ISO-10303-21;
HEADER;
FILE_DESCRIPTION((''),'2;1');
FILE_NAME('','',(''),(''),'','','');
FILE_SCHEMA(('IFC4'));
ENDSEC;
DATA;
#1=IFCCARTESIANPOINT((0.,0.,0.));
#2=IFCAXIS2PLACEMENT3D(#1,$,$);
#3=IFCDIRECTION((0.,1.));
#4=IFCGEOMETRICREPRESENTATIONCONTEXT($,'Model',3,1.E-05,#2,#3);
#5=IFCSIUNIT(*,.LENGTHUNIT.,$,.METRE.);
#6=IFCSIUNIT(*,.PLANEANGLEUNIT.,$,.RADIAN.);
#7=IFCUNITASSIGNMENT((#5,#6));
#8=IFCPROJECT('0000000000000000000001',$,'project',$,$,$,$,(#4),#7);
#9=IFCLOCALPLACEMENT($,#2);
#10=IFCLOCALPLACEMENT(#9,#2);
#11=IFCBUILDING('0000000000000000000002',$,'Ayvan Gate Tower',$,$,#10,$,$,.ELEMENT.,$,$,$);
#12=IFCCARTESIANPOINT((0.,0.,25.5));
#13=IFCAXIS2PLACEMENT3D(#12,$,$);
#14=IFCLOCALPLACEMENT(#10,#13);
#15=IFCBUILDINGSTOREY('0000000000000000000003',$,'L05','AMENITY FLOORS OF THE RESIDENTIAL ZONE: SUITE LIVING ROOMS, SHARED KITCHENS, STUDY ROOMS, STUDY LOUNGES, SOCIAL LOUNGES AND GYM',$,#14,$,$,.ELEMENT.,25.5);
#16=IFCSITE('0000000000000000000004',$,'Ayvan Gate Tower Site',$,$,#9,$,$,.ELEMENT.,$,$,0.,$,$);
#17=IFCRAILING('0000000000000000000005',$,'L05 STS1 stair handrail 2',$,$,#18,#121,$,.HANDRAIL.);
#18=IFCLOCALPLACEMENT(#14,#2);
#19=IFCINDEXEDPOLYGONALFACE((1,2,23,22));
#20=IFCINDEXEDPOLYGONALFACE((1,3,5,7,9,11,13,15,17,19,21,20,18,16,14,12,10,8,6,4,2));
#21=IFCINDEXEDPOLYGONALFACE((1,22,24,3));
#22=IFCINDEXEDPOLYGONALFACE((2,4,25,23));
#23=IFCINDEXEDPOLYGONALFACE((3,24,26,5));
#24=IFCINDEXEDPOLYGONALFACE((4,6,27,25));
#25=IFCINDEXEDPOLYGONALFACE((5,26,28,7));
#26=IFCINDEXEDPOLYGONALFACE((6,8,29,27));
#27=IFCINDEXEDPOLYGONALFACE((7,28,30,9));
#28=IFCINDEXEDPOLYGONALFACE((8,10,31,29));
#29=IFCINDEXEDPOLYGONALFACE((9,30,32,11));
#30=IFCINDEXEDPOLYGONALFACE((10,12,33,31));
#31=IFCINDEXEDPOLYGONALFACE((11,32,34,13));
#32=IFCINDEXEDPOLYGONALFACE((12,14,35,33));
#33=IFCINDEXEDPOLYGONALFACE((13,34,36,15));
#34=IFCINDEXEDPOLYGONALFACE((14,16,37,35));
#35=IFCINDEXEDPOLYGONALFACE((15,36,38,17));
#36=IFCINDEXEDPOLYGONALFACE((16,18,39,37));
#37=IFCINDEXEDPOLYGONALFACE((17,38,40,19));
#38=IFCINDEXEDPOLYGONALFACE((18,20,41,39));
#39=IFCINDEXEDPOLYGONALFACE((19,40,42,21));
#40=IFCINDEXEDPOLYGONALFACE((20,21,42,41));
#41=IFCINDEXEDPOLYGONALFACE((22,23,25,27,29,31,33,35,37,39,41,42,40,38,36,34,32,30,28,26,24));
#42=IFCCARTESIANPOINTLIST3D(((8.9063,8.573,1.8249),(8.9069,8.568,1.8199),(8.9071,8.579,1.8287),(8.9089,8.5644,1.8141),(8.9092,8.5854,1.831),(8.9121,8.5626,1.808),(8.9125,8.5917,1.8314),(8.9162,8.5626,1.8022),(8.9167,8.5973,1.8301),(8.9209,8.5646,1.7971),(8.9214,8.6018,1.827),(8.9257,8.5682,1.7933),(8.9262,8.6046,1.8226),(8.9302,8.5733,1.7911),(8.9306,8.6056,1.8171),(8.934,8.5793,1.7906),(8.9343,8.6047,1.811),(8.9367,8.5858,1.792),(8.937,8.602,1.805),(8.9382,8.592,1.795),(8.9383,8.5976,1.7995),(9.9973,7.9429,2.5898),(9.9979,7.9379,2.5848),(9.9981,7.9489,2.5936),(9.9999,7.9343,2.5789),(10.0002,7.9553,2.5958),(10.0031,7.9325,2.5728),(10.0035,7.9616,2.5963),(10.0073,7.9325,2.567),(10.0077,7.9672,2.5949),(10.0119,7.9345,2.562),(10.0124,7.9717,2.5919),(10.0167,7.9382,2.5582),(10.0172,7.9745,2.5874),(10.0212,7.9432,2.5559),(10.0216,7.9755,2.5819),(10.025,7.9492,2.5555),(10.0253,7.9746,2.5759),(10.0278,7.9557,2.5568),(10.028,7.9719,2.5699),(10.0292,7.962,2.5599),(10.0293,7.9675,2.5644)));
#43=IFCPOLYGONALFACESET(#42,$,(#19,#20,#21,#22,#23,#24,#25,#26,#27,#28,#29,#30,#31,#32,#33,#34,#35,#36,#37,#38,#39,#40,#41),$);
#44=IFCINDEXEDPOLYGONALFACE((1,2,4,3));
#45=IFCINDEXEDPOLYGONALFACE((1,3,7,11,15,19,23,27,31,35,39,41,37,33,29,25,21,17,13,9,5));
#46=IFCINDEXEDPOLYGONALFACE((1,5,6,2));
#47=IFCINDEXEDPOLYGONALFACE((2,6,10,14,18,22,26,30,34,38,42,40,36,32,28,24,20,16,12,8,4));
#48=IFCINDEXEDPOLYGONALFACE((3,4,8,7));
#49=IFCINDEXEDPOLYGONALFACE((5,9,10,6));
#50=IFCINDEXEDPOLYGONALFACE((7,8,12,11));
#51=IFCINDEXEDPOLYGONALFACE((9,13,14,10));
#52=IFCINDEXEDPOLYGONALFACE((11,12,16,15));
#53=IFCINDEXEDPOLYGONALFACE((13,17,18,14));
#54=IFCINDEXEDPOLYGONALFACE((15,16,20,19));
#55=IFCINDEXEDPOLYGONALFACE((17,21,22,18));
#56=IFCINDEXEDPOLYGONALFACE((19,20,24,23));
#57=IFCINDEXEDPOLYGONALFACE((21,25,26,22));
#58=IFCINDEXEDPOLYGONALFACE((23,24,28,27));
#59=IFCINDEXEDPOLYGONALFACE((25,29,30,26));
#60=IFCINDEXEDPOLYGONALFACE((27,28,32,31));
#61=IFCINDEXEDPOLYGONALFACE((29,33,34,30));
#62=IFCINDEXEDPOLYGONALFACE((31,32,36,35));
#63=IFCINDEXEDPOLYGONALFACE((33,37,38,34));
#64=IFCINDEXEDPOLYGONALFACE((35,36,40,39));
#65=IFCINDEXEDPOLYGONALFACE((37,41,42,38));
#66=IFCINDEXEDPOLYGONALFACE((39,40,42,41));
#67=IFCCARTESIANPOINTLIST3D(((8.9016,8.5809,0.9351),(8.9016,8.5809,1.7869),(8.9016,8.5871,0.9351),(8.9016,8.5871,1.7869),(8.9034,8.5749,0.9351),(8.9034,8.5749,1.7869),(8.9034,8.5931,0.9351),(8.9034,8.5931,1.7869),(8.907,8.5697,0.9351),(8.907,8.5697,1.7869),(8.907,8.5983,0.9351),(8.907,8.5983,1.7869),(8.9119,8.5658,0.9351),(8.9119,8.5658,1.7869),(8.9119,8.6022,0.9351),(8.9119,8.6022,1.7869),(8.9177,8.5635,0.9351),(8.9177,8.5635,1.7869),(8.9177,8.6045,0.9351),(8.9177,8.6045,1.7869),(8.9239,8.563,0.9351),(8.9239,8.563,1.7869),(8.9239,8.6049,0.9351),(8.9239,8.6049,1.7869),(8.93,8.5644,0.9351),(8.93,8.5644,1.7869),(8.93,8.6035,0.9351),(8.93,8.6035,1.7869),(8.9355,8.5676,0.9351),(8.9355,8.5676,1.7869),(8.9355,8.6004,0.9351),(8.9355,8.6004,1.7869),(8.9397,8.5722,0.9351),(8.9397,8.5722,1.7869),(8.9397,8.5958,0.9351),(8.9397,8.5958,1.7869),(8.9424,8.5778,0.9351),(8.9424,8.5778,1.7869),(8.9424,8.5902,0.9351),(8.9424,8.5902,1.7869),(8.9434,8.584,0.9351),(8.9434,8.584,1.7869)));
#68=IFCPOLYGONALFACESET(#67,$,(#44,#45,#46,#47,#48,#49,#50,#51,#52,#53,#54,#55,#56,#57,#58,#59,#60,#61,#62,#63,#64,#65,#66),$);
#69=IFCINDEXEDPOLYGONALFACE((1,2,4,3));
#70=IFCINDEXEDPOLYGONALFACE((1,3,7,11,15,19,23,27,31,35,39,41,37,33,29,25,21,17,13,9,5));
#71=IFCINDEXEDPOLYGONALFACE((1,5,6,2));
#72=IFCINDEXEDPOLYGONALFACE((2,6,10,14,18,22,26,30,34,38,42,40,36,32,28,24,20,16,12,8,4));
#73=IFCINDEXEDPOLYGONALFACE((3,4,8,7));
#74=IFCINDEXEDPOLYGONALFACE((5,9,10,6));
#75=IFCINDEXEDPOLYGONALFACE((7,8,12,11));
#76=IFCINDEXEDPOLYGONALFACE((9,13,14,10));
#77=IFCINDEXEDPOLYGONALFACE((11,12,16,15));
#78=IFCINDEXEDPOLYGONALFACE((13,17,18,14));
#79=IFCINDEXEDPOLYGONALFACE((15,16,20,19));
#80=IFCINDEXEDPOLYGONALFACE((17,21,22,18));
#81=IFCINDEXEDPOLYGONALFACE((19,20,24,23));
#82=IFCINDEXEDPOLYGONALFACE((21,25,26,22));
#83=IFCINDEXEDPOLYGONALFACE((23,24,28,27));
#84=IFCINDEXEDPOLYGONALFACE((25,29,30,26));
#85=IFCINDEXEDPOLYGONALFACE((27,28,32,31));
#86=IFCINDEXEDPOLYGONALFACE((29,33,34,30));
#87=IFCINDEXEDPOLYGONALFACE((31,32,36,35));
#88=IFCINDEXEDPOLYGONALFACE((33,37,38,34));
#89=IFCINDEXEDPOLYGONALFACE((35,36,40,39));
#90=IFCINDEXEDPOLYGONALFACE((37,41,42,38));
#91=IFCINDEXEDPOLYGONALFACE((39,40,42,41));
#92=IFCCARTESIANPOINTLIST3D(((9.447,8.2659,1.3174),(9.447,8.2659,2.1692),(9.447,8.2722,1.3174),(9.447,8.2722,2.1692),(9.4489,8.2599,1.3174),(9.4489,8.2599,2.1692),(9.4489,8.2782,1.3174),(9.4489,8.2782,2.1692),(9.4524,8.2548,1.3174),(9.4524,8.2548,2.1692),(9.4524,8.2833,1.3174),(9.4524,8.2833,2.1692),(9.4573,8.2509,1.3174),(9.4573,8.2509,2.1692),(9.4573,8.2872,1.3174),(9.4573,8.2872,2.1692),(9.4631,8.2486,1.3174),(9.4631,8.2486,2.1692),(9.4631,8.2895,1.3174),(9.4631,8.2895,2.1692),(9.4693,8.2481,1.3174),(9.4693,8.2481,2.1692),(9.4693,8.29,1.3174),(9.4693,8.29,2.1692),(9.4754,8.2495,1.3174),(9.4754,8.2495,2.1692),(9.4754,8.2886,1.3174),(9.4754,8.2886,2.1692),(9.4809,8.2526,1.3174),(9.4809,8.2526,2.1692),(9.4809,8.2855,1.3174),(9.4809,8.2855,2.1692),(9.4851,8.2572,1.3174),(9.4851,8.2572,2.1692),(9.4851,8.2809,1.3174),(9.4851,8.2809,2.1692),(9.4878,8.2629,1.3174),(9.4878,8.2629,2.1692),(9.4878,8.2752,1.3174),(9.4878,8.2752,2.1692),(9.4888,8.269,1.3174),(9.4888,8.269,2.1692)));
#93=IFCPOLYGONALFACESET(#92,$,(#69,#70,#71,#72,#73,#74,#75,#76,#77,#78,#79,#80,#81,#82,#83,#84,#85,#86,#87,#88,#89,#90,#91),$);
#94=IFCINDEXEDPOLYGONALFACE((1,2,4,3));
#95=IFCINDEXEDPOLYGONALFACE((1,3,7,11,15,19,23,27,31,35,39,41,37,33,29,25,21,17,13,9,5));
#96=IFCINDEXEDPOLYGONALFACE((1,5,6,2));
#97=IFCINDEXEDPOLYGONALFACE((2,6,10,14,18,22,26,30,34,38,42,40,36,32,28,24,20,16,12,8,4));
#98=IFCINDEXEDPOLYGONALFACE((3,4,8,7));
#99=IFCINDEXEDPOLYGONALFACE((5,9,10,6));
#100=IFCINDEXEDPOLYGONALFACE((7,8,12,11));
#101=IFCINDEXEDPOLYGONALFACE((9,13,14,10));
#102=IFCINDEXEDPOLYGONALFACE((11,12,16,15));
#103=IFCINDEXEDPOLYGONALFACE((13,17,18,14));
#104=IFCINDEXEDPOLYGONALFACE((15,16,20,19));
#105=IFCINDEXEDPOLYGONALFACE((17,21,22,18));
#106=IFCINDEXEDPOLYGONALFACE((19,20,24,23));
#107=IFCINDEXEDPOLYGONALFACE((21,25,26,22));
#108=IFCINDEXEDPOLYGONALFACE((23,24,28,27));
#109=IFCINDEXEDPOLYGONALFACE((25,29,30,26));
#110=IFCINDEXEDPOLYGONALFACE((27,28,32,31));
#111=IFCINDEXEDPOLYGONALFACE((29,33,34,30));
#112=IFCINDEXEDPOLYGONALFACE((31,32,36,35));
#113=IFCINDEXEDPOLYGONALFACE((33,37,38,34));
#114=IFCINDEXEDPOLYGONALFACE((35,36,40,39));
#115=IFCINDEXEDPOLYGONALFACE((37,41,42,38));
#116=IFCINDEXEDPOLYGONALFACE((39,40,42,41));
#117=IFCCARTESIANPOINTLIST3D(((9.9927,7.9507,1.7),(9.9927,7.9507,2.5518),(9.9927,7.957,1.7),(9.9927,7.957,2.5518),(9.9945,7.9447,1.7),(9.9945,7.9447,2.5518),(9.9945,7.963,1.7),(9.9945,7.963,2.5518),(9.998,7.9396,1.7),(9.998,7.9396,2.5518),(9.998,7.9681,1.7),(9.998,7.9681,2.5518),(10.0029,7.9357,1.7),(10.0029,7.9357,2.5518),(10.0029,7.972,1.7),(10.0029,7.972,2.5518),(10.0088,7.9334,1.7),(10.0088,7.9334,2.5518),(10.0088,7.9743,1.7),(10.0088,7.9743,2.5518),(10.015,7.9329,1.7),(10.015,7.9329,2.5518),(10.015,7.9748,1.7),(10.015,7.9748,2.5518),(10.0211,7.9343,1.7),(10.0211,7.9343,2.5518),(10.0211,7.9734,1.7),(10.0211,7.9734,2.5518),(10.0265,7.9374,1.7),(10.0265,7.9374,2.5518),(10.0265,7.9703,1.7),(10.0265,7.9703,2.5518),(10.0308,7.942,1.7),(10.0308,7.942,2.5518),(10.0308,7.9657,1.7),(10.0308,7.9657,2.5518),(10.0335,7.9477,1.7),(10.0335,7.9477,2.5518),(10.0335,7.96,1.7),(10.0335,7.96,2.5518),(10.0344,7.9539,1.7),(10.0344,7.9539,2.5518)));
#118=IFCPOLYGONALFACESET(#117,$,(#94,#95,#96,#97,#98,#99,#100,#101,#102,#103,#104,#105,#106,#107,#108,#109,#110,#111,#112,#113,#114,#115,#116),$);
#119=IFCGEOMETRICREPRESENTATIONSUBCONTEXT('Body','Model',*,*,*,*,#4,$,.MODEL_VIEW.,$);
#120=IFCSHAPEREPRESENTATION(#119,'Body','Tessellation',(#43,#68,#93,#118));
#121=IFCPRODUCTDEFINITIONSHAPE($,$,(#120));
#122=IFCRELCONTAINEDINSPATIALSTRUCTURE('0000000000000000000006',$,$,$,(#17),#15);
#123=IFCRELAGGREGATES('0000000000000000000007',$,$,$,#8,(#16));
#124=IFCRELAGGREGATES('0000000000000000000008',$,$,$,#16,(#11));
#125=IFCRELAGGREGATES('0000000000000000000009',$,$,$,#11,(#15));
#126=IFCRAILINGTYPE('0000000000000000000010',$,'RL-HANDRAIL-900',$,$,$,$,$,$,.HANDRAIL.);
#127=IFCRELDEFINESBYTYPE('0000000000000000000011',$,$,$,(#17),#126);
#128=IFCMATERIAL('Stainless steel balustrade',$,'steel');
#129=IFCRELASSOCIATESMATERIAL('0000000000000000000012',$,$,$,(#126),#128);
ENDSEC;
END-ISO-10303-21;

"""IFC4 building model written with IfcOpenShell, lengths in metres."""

from ifc_helpers import new_model, si_unit, direction, frame, origin, origin_2d, place, context, subcontext, project, spatial, circle, extrude, material, type_object, element, save


model = new_model("IFC4")

# Units and contexts
model_context = context("Model", 3, precision=1e-05, world=origin(), true_north=direction((0.0, 1.0)))
body_context = subcontext(model_context, "Body", "Model", "MODEL_VIEW")
ifc_project = project(units=[si_unit("LENGTHUNIT", "METRE"), si_unit("PLANEANGLEUNIT", "RADIAN")], contexts=[model_context])

# Site, building, storey
site_placement = place(None, origin())
site = spatial("IfcSite", under=ifc_project, at=site_placement, Name="Ayvan Gate Tower Site", CompositionType="ELEMENT", RefElevation=0.0)
building_placement = place(site_placement, origin())
building = spatial("IfcBuilding", under=site, at=building_placement, Name="Ayvan Gate Tower", CompositionType="ELEMENT")
storey_placement = place(building_placement, frame((0.0, 0.0, 25.5)))
storey = spatial("IfcBuildingStorey", under=building, at=storey_placement, Name="L05", Description="AMENITY FLOORS OF THE RESIDENTIAL ZONE: SUITE LIVING ROOMS, SHARED KITCHENS, STUDY ROOMS, STUDY LOUNGES, SOCIAL LOUNGES AND GYM", CompositionType="ELEMENT", Elevation=25.5)

# Railing
ifc_material_1 = material(Name="Stainless steel balustrade", Category="steel")
railing_type_1 = type_object("IfcRailingType", Name="RL-HANDRAIL-900", PredefinedType="HANDRAIL", material=ifc_material_1)
railing_1_placement = place(storey_placement, frame((8.9224, 8.584, 0.9351)))
element("IfcRailing", 1, at=railing_1_placement, inside=storey, type_object=railing_type_1, Name="L05 STS1 stair handrail 2", PredefinedType="HANDRAIL", context=body_context, shape_type="SweptSolid", body=[
    extrude(circle(Radius=0.0239, at=origin_2d()), frame((0.0, 0.0, 0.876), z_axis=(0.740229, -0.427508, 0.518939), x_axis=(0.500119, 0.865956, 0.0)), (0.0, 0.0, 1.0), 1.4739),
    extrude(circle(Radius=0.021, at=origin_2d()), origin(), (0.0, 0.0, 1.0), 0.8518),
    extrude(circle(Radius=0.021, at=origin_2d()), frame((0.5454, -0.3149, 0.3823)), (0.0, 0.0, 1.0), 0.8518),
    extrude(circle(Radius=0.021, at=origin_2d()), frame((1.0911, -0.6301, 0.7649)), (0.0, 0.0, 1.0), 0.8518),
])

save(model, "model.ifc")
